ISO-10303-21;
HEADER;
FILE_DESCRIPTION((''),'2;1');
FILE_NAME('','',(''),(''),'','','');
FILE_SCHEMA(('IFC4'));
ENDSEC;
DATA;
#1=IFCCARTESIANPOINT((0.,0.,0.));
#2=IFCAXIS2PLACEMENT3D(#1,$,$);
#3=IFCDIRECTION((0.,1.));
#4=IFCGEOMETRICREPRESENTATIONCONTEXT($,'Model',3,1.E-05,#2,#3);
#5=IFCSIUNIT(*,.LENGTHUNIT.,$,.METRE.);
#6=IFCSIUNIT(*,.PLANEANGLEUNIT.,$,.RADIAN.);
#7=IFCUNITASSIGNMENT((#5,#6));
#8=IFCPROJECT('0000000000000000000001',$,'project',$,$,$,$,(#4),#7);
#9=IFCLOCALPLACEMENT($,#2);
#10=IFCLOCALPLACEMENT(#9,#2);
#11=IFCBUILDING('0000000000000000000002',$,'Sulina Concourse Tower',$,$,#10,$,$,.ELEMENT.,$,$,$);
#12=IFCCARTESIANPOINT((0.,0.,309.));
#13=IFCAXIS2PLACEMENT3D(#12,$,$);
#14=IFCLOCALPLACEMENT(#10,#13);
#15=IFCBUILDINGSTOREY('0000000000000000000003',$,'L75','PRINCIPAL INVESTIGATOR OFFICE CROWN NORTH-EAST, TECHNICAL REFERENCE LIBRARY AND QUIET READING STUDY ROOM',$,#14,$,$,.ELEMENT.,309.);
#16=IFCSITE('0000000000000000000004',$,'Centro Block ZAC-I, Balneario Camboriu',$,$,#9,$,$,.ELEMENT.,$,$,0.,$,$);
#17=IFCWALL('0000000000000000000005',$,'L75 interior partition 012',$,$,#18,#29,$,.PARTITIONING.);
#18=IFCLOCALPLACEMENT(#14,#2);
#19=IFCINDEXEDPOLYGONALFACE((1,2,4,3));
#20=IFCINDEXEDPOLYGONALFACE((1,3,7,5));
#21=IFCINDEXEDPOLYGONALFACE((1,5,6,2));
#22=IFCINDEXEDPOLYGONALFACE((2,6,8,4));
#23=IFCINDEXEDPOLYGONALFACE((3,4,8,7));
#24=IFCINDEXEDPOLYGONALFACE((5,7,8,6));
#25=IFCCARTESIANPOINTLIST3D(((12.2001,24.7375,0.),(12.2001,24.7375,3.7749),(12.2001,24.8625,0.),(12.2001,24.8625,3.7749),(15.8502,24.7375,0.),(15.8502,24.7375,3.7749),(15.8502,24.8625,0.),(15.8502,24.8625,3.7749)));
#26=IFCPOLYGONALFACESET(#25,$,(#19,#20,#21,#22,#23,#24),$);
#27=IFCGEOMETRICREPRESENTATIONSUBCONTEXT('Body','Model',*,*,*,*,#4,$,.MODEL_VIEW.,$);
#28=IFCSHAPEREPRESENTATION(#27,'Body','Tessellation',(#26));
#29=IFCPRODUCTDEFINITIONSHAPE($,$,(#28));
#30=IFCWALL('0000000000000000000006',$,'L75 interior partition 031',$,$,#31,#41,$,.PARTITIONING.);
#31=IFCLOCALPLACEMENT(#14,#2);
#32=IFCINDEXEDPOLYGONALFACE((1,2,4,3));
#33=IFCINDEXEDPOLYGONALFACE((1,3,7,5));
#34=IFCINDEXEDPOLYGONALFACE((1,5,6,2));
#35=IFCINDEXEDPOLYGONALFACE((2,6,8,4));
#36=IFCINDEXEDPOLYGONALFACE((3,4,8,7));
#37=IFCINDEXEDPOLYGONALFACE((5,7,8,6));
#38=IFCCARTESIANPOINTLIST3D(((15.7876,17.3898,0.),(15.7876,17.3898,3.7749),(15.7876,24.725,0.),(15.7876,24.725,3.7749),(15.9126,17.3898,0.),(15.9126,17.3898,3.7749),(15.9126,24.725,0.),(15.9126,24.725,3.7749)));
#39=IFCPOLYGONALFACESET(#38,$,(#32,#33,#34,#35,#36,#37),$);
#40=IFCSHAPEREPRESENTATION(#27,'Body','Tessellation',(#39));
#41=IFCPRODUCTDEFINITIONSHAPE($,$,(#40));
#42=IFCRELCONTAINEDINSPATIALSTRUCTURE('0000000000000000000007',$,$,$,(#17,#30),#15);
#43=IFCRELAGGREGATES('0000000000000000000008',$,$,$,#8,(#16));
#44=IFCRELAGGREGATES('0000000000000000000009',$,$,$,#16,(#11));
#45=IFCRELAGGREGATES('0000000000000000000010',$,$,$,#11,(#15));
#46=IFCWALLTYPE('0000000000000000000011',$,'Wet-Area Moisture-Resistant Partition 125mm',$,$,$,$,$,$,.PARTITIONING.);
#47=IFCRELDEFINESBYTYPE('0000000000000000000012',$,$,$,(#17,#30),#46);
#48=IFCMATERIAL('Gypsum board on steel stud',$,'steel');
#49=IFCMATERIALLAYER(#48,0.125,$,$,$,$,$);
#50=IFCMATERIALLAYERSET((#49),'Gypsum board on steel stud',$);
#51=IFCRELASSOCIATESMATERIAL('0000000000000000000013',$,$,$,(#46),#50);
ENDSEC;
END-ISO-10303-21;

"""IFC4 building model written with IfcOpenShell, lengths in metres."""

from ifc_helpers import new_model, si_unit, direction, frame, frame_2d, origin, place, context, subcontext, project, spatial, rectangle, extrude, material, layer, layer_set, type_object, element, save


model = new_model("IFC4")

# Units and contexts
model_context = context("Model", 3, precision=1e-05, world=origin(), true_north=direction((0.0, 1.0)))
body_context = subcontext(model_context, "Body", "Model", "MODEL_VIEW")
ifc_project = project(units=[si_unit("LENGTHUNIT", "METRE"), si_unit("PLANEANGLEUNIT", "RADIAN")], contexts=[model_context])

# Site, building, storey
site_placement = place(None, origin())
site = spatial("IfcSite", under=ifc_project, at=site_placement, Name="Centro Block ZAC-I, Balneario Camboriu", CompositionType="ELEMENT", RefElevation=0.0)
building_placement = place(site_placement, origin())
building = spatial("IfcBuilding", under=site, at=building_placement, Name="Sulina Concourse Tower", CompositionType="ELEMENT")
storey_placement = place(building_placement, frame((0.0, 0.0, 309.0)))
storey = spatial("IfcBuildingStorey", under=building, at=storey_placement, Name="L75", Description="PRINCIPAL INVESTIGATOR OFFICE CROWN NORTH-EAST, TECHNICAL REFERENCE LIBRARY AND QUIET READING STUDY ROOM", CompositionType="ELEMENT", Elevation=309.0)

# Walls
ifc_material_1 = material(Name="Gypsum board on steel stud", Category="steel")
ifc_layer_1 = layer(ifc_material_1, 0.125)
ifc_layer_set_1 = layer_set([ifc_layer_1], Name="Gypsum board on steel stud")
wall_type_1 = type_object("IfcWallType", Name="Wet-Area Moisture-Resistant Partition 125mm", PredefinedType="PARTITIONING", material=ifc_layer_set_1)
wall_1_placement = place(storey_placement, frame((12.2, 24.8, 0.0), z_axis=(0.0, 0.0, 1.0), x_axis=(1.0, 0.0, 0.0)))
element("IfcWall", 1, at=wall_1_placement, inside=storey, type_object=wall_type_1, Name="L75 interior partition 012", PredefinedType="PARTITIONING", context=body_context, shape_type="SweptSolid", body=[
    extrude(rectangle(XDim=3.6501, YDim=0.125, at=frame_2d((1.8252, 0.0))), origin(), (0.0, 0.0, 1.0), 3.7749),
])
wall_2_placement = place(storey_placement, frame((15.8501, 17.3899, 0.0), z_axis=(0.0, 0.0, 1.0), x_axis=(0.0, 1.0, 0.0)))
element("IfcWall", 2, at=wall_2_placement, inside=storey, type_object=wall_type_1, Name="L75 interior partition 031", PredefinedType="PARTITIONING", context=body_context, shape_type="SweptSolid", body=[
    extrude(rectangle(XDim=7.3352, YDim=0.125, at=frame_2d((3.6675, 0.0))), origin(), (0.0, 0.0, 1.0), 3.7749),
])

save(model, "model.ifc")
